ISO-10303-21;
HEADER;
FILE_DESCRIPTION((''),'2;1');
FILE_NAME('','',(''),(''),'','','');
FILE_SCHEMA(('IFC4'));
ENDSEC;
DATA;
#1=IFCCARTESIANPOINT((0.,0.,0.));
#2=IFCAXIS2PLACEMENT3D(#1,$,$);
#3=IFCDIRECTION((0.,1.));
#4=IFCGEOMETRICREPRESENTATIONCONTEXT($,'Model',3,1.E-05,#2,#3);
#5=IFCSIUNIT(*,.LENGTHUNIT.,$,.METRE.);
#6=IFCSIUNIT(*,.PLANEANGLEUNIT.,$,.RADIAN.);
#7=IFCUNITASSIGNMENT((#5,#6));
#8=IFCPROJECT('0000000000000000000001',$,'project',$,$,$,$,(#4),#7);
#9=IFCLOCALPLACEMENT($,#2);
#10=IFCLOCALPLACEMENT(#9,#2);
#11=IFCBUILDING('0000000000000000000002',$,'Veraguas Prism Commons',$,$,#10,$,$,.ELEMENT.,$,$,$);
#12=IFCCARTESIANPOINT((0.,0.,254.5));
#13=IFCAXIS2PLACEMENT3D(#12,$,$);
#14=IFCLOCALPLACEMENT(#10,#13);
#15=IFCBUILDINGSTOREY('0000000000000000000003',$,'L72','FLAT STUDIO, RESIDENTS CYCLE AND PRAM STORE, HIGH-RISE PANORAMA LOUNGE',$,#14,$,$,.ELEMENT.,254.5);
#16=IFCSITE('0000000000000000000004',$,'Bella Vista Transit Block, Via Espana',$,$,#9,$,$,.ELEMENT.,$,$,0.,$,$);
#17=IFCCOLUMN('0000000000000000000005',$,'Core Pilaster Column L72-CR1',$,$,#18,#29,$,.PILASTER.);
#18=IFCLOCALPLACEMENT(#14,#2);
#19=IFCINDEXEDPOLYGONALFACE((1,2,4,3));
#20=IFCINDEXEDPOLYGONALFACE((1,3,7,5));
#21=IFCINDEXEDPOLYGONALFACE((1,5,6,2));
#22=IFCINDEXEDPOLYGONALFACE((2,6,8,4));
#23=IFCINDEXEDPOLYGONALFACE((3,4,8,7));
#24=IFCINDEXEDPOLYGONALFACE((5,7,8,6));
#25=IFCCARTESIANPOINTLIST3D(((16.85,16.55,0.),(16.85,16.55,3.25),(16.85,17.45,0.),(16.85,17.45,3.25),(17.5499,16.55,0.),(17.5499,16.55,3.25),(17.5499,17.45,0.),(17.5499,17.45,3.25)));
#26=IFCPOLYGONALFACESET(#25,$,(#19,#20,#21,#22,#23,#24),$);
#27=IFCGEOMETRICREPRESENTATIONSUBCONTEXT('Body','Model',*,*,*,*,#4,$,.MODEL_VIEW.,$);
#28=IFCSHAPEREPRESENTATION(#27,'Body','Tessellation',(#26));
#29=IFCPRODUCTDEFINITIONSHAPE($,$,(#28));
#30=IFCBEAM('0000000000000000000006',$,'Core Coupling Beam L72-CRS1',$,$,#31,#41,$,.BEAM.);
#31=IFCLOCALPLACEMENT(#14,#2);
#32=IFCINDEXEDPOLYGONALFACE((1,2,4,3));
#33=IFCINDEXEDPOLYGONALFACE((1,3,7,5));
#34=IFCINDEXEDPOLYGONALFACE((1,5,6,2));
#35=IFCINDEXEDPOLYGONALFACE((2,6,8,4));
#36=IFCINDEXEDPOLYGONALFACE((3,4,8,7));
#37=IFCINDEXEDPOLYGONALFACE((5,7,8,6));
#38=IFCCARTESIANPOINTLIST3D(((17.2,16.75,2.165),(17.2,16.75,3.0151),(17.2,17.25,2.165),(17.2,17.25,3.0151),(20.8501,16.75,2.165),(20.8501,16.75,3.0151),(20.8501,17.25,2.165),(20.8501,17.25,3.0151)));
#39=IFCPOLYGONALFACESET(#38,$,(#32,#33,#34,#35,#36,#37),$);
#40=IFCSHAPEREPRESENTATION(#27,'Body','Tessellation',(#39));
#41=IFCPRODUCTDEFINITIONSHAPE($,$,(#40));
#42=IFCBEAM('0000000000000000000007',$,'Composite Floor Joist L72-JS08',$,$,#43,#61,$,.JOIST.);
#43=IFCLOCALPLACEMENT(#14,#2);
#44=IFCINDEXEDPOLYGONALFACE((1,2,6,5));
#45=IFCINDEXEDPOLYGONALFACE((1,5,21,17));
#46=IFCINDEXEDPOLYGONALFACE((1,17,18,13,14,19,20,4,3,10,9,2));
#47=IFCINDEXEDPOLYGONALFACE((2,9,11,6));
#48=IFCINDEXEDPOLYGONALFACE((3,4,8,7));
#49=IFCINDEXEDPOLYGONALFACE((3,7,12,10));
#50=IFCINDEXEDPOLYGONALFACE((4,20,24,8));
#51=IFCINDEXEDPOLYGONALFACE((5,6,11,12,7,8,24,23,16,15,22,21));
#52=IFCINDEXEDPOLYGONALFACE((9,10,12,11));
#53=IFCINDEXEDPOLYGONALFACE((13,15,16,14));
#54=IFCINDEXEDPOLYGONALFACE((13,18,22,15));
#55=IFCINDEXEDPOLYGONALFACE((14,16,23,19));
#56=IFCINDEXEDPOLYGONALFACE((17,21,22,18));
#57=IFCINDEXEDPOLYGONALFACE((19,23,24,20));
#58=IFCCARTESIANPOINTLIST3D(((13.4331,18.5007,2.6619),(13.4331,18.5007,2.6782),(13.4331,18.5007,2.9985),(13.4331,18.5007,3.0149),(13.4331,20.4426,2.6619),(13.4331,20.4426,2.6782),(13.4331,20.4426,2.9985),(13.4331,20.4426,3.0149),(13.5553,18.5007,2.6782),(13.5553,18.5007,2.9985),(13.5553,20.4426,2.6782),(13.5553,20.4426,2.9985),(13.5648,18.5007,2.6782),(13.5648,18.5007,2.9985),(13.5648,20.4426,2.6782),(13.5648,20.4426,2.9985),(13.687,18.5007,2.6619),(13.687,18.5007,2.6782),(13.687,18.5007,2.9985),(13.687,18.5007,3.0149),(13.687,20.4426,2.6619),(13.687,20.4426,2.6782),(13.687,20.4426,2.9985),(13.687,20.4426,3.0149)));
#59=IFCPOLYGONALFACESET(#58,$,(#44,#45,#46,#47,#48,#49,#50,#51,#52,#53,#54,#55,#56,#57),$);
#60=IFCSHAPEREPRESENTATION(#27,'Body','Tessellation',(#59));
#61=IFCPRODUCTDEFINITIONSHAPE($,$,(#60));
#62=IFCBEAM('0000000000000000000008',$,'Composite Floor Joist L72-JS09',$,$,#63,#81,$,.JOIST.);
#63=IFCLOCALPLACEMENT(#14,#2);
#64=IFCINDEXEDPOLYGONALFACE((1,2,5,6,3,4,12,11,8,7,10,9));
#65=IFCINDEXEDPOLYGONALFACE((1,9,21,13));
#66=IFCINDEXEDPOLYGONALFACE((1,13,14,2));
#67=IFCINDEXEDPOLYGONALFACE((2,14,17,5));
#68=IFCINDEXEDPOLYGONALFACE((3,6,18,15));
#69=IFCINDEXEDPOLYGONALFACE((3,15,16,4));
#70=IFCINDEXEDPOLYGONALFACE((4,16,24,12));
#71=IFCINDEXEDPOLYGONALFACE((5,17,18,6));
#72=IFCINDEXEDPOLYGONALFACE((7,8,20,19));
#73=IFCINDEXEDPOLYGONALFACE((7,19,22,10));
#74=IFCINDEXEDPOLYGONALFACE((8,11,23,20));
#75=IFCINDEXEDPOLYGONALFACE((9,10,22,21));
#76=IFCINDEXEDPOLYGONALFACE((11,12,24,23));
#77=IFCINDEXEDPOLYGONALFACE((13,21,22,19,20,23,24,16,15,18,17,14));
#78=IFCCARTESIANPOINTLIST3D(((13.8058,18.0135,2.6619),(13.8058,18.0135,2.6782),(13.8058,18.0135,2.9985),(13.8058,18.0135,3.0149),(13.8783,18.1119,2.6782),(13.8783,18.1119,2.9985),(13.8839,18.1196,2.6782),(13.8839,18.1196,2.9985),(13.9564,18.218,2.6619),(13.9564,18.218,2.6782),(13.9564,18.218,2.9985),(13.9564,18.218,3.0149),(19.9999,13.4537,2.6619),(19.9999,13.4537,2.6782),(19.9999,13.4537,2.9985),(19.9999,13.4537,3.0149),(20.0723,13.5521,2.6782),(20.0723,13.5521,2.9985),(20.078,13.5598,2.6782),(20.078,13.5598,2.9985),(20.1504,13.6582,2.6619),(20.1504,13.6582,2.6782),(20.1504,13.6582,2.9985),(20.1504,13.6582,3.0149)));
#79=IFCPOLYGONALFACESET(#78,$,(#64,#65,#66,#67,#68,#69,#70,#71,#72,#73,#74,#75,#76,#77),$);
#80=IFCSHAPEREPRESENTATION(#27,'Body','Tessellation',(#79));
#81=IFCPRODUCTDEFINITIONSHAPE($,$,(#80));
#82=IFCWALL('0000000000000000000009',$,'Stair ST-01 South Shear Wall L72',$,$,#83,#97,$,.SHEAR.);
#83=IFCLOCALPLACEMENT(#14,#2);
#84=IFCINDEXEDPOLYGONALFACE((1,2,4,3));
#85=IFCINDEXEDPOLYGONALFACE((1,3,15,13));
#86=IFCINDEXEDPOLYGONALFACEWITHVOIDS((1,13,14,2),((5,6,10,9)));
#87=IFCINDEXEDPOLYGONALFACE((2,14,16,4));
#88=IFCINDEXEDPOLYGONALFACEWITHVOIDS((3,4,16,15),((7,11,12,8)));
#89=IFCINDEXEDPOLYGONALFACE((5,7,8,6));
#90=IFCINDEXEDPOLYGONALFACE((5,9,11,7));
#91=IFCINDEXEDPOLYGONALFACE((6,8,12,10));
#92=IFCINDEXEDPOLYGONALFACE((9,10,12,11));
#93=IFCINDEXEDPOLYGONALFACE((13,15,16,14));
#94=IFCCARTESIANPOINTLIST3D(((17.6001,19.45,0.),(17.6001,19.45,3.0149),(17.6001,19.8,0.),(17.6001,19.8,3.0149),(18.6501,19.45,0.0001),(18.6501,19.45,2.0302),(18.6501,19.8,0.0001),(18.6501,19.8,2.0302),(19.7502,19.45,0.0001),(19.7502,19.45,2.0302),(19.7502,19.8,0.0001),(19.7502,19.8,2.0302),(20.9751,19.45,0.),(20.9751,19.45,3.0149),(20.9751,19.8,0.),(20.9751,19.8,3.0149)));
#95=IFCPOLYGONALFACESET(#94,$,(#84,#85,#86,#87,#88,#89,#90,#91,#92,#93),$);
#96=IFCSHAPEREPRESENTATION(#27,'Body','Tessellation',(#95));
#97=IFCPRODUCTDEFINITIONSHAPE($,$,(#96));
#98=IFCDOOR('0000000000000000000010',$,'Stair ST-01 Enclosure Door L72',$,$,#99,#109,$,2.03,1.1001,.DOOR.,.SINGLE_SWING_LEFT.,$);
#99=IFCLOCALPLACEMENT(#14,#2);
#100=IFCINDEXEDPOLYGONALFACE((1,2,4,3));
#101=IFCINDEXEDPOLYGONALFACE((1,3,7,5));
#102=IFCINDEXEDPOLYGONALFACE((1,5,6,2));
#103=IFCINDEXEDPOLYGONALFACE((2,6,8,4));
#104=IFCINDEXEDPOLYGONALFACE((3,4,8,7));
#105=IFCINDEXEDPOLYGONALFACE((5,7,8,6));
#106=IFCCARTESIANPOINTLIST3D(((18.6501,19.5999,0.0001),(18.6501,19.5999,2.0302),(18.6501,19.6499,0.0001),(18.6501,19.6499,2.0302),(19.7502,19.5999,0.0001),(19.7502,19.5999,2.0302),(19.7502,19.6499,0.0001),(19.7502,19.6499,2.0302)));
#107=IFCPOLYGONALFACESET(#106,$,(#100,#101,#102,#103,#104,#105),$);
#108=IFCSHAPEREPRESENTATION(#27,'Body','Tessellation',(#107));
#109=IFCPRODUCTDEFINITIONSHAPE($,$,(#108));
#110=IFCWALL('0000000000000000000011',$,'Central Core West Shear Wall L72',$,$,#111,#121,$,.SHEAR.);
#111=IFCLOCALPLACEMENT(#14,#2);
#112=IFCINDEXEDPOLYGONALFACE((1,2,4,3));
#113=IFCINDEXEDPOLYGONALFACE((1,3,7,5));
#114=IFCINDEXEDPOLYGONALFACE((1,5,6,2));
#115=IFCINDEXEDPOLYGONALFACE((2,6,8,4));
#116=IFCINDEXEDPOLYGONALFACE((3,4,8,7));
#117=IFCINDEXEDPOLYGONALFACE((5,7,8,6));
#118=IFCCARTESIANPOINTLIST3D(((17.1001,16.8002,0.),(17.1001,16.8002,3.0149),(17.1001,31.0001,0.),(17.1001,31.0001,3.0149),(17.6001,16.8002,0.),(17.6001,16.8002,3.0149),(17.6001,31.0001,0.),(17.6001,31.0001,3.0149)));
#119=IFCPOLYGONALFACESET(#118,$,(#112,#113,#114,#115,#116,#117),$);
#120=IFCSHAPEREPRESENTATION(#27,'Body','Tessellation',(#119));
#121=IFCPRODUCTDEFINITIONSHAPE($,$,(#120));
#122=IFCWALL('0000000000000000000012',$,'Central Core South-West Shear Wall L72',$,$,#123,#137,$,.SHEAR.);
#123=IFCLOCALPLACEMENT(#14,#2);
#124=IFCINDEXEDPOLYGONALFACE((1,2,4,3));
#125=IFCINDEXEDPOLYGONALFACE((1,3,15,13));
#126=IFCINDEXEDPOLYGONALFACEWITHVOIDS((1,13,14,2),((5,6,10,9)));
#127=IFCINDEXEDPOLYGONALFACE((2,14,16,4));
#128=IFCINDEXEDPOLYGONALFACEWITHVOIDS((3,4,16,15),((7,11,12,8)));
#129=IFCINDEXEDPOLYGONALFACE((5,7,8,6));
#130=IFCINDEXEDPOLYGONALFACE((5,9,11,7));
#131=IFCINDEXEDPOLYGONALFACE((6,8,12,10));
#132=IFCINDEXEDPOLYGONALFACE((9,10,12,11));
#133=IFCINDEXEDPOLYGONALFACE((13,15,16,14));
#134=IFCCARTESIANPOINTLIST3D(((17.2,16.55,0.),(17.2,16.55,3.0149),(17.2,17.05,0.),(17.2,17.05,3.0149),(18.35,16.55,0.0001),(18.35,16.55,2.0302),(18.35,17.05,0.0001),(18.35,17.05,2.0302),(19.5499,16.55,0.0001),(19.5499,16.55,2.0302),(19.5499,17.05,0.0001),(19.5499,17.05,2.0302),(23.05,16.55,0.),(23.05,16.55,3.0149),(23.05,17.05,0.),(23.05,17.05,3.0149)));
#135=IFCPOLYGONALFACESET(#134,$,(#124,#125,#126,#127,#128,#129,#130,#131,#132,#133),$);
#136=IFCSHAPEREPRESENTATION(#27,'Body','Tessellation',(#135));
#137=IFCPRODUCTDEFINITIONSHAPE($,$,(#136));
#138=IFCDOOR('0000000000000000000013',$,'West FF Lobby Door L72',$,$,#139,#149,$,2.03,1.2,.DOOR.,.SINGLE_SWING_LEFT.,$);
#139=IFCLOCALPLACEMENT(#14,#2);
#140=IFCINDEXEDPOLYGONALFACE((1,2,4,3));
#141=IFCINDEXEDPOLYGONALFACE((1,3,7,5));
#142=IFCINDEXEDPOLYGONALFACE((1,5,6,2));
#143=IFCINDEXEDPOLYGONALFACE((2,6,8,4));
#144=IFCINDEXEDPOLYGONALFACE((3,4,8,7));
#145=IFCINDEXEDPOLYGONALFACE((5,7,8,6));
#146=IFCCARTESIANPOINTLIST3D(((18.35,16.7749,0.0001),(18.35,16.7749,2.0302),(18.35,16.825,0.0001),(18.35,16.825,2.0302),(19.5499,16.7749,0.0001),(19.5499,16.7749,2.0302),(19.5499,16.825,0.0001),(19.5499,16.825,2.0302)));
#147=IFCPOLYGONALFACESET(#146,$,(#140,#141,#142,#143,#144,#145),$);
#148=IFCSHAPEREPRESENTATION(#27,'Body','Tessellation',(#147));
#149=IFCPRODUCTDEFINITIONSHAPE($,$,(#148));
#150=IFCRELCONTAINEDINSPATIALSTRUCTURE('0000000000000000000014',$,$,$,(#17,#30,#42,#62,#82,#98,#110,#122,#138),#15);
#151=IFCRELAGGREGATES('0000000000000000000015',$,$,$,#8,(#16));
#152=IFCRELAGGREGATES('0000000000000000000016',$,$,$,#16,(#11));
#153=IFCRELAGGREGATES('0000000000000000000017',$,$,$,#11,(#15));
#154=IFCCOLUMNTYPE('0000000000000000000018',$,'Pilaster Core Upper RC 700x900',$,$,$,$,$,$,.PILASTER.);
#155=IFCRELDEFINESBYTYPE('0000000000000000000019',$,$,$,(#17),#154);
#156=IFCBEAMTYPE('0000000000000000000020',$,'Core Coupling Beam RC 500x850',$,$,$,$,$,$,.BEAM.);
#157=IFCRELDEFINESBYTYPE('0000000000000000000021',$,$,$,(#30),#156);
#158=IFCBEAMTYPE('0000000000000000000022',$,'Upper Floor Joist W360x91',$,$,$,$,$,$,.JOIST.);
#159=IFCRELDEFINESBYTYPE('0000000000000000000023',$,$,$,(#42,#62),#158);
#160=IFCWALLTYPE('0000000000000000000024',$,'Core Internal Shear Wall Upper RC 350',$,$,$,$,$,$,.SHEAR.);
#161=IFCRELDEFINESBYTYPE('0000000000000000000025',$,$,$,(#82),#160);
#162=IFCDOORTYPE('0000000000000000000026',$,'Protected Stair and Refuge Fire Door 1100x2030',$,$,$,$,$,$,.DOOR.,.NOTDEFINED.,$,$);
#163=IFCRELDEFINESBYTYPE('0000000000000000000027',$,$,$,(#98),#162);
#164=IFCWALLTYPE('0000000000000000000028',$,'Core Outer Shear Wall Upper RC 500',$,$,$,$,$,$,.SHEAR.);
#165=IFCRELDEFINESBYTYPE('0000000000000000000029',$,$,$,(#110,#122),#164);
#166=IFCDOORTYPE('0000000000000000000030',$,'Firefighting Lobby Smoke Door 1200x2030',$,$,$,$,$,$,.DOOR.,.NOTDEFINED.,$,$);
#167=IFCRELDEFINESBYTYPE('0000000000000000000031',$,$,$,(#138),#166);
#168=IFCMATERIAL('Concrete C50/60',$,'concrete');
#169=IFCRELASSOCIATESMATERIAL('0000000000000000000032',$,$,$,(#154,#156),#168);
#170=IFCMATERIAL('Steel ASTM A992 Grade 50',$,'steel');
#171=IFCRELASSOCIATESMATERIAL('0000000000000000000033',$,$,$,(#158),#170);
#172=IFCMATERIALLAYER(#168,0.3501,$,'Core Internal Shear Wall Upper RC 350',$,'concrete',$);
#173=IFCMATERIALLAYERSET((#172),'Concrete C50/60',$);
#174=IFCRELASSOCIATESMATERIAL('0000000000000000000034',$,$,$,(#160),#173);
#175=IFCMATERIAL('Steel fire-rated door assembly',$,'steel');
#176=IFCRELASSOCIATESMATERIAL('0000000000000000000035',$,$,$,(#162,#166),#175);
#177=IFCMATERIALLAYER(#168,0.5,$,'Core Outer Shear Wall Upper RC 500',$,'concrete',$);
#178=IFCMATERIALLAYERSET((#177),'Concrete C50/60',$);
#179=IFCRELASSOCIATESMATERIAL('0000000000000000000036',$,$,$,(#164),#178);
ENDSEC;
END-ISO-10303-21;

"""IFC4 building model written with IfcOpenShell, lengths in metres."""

from ifc_helpers import new_model, si_unit, direction, frame, frame_2d, origin, origin_2d, place, context, subcontext, project, spatial, rectangle, i_section, extrude, source, transform, mapped, material, layer, layer_set, material_profile, profile_set, type_object, element, fill, save


model = new_model("IFC4")

# Units and contexts
model_context = context("Model", 3, precision=1e-05, world=origin(), true_north=direction((0.0, 1.0)))
body_context = subcontext(model_context, "Body", "Model", "MODEL_VIEW")
ifc_project = project(units=[si_unit("LENGTHUNIT", "METRE"), si_unit("PLANEANGLEUNIT", "RADIAN")], contexts=[model_context])

# Site, building, storey
site_placement = place(None, origin())
site = spatial("IfcSite", under=ifc_project, at=site_placement, Name="Bella Vista Transit Block, Via Espana", CompositionType="ELEMENT", RefElevation=0.0)
building_placement = place(site_placement, origin())
building = spatial("IfcBuilding", under=site, at=building_placement, Name="Veraguas Prism Commons", CompositionType="ELEMENT")
storey_placement = place(building_placement, frame((0.0, 0.0, 254.5)))
storey = spatial("IfcBuildingStorey", under=building, at=storey_placement, Name="L72", Description="FLAT STUDIO, RESIDENTS CYCLE AND PRAM STORE, HIGH-RISE PANORAMA LOUNGE", CompositionType="ELEMENT", Elevation=254.5)

# Column
ifc_material_1 = material(Name="Concrete C50/60", Category="concrete")
ifc_material_profile_1 = material_profile(ifc_material_1, rectangle(XDim=0.7, YDim=0.8999, at=origin_2d()), Name="RC700X900")
ifc_profile_set_1 = profile_set([ifc_material_profile_1], Name="Concrete C50/60")
column_type = type_object("IfcColumnType", Name="Pilaster Core Upper RC 700x900", PredefinedType="PILASTER", material=ifc_profile_set_1)
column_placement = place(storey_placement, frame((17.2, 17.0, 0.0), z_axis=(0.0, 0.0, 1.0), x_axis=(1.0, 0.0, 0.0)))
element("IfcColumn", 1, at=column_placement, inside=storey, type_object=column_type, Name="Core Pilaster Column L72-CR1", PredefinedType="PILASTER", context=body_context, shape_type="SweptSolid", body=[
    extrude(rectangle(XDim=0.7, YDim=0.8999, at=origin_2d()), origin(), (0.0, 0.0, 1.0), 3.25),
])

# Beams
ifc_material_profile_2 = material_profile(ifc_material_1, rectangle(XDim=0.5, YDim=0.8501, at=origin_2d()), Name="RC500X850")
ifc_profile_set_2 = profile_set([ifc_material_profile_2], Name="Concrete C50/60")
beam_type_1 = type_object("IfcBeamType", Name="Core Coupling Beam RC 500x850", PredefinedType="BEAM", material=ifc_profile_set_2)
beam_1_placement = place(storey_placement, frame((17.2, 17.0, 2.5901), z_axis=(1.0, 0.0, 0.0), x_axis=(0.0, 1.0, 0.0)))
element("IfcBeam", 2, at=beam_1_placement, inside=storey, type_object=beam_type_1, Name="Core Coupling Beam L72-CRS1", PredefinedType="BEAM", context=body_context, shape_type="SweptSolid", body=[
    extrude(rectangle(XDim=0.5, YDim=0.8501, at=origin_2d()), origin(), (0.0, 0.0, 1.0), 3.6501),
])
ifc_material_2 = material(Name="Steel ASTM A992 Grade 50", Category="steel")
ifc_material_profile_3 = material_profile(ifc_material_2, i_section(OverallWidth=0.2539, OverallDepth=0.353, WebThickness=0.0095, FlangeThickness=0.0164, at=origin_2d()), Name="W360X91")
ifc_profile_set_3 = profile_set([ifc_material_profile_3], Name="Steel ASTM A992 Grade 50")
beam_type_2 = type_object("IfcBeamType", Name="Upper Floor Joist W360x91", PredefinedType="JOIST", material=ifc_profile_set_3)
beam_2_placement = place(storey_placement, frame((13.5601, 20.4426, 2.8384), z_axis=(0.0, -1.0, 0.0), x_axis=(1.0, 0.0, 0.0)))
element("IfcBeam", 3, at=beam_2_placement, inside=storey, type_object=beam_type_2, Name="Composite Floor Joist L72-JS08", PredefinedType="JOIST", context=body_context, shape_type="SweptSolid", body=[
    extrude(i_section(OverallWidth=0.2539, OverallDepth=0.353, WebThickness=0.0095, FlangeThickness=0.0164, at=origin_2d()), origin(), (0.0, 0.0, 1.0), 1.9419),
])
beam_3_placement = place(storey_placement, frame((13.8811, 18.1157, 2.8384), z_axis=(0.80532, -0.592841, 0.0), x_axis=(0.592841, 0.80532, 0.0)))
element("IfcBeam", 4, at=beam_3_placement, inside=storey, type_object=beam_type_2, Name="Composite Floor Joist L72-JS09", PredefinedType="JOIST", context=body_context, shape_type="SweptSolid", body=[
    extrude(i_section(OverallWidth=0.2539, OverallDepth=0.353, WebThickness=0.0095, FlangeThickness=0.0164, at=origin_2d()), origin(), (0.0, 0.0, 1.0), 7.6914),
])

# Wall, opening, door
ifc_layer_1 = layer(ifc_material_1, 0.3501, Name="Core Internal Shear Wall Upper RC 350", Category="concrete")
ifc_layer_set_1 = layer_set([ifc_layer_1], Name="Concrete C50/60")
wall_type_1 = type_object("IfcWallType", Name="Core Internal Shear Wall Upper RC 350", PredefinedType="SHEAR", material=ifc_layer_set_1)
wall_1_placement = place(storey_placement, frame((17.6001, 19.625, 0.0), z_axis=(0.0, 0.0, 1.0), x_axis=(1.0, 0.0, 0.0)))
wall_1 = element("IfcWall", 5, at=wall_1_placement, inside=storey, type_object=wall_type_1, Name="Stair ST-01 South Shear Wall L72", PredefinedType="SHEAR", context=body_context, shape_type="SweptSolid", body=[
    extrude(rectangle(XDim=3.375, YDim=0.3501, at=frame_2d((1.6875, 0.0))), origin(), (0.0, 0.0, 1.0), 3.0149),
])
opening_1_placement = place(wall_1_placement, frame((1.05, 0.0, 0.0)))
opening_1 = element("IfcOpeningElement", 6, at=opening_1_placement, cuts=wall_1, PredefinedType="OPENING", context=body_context, shape_type="SweptSolid", body=[
    extrude(rectangle(XDim=1.1001, YDim=2.03, at=frame_2d((0.55, 1.0151))), frame((0.0, 0.1851, 0.0), z_axis=(0.0, -1.0, 0.0), x_axis=(1.0, 0.0, 0.0)), (0.0, 0.0, 1.0), 0.3701),
])
ifc_material_3 = material(Name="Steel fire-rated door assembly", Category="steel")
door_type_1 = type_object("IfcDoorType", Name="Protected Stair and Refuge Fire Door 1100x2030", OperationType="NOTDEFINED", PredefinedType="DOOR", material=ifc_material_3)
shared_shape_1 = source(origin(), body_context, "Body", "SweptSolid", [
    extrude(rectangle(XDim=1.1001, YDim=2.03, at=frame_2d((0.55, 1.0151))), frame((0.0, 0.0249, 0.0), z_axis=(0.0, -1.0, 0.0), x_axis=(1.0, 0.0, 0.0)), (0.0, 0.0, 1.0), 0.05),
])
door_1_placement = place(opening_1_placement, origin())
door_1 = element("IfcDoor", 7, at=door_1_placement, inside=storey, type_object=door_type_1, Name="Stair ST-01 Enclosure Door L72", OperationType="SINGLE_SWING_LEFT", OverallHeight=2.03, OverallWidth=1.1001, PredefinedType="DOOR", context=body_context, shape_type="MappedRepresentation", body=[
    mapped(shared_shape_1, transform((0.0, 0.0, 0.0), scale=1.0)),
])
fill(opening_1, door_1)

# Wall
ifc_layer_2 = layer(ifc_material_1, 0.5, Name="Core Outer Shear Wall Upper RC 500", Category="concrete")
ifc_layer_set_2 = layer_set([ifc_layer_2], Name="Concrete C50/60")
wall_type_2 = type_object("IfcWallType", Name="Core Outer Shear Wall Upper RC 500", PredefinedType="SHEAR", material=ifc_layer_set_2)
wall_2_placement = place(storey_placement, frame((17.3501, 16.8, 0.0), z_axis=(0.0, 0.0, 1.0), x_axis=(0.0, 1.0, 0.0)))
element("IfcWall", 8, at=wall_2_placement, inside=storey, type_object=wall_type_2, Name="Central Core West Shear Wall L72", PredefinedType="SHEAR", context=body_context, shape_type="SweptSolid", body=[
    extrude(rectangle(XDim=14.2, YDim=0.5, at=frame_2d((7.1001, 0.0))), origin(), (0.0, 0.0, 1.0), 3.0149),
])

# Wall, opening, door
wall_3_placement = place(storey_placement, frame((17.2, 16.8, 0.0), z_axis=(0.0, 0.0, 1.0), x_axis=(1.0, 0.0, 0.0)))
wall_3 = element("IfcWall", 9, at=wall_3_placement, inside=storey, type_object=wall_type_2, Name="Central Core South-West Shear Wall L72", PredefinedType="SHEAR", context=body_context, shape_type="SweptSolid", body=[
    extrude(rectangle(XDim=5.8501, YDim=0.5, at=frame_2d((2.925, 0.0))), origin(), (0.0, 0.0, 1.0), 3.0149),
])
opening_2_placement = place(wall_3_placement, frame((1.1499, 0.0, 0.0)))
opening_2 = element("IfcOpeningElement", 10, at=opening_2_placement, cuts=wall_3, PredefinedType="OPENING", context=body_context, shape_type="SweptSolid", body=[
    extrude(rectangle(XDim=1.2, YDim=2.03, at=frame_2d((0.6001, 1.0151))), frame((0.0, 0.26, 0.0), z_axis=(0.0, -1.0, 0.0), x_axis=(1.0, 0.0, 0.0)), (0.0, 0.0, 1.0), 0.52),
])
door_type_2 = type_object("IfcDoorType", Name="Firefighting Lobby Smoke Door 1200x2030", OperationType="NOTDEFINED", PredefinedType="DOOR", material=ifc_material_3)
shared_shape_2 = source(origin(), body_context, "Body", "SweptSolid", [
    extrude(rectangle(XDim=1.2, YDim=2.03, at=frame_2d((0.6001, 1.0151))), frame((0.0, 0.0249, 0.0), z_axis=(0.0, -1.0, 0.0), x_axis=(1.0, 0.0, 0.0)), (0.0, 0.0, 1.0), 0.05),
])
door_2_placement = place(opening_2_placement, origin())
door_2 = element("IfcDoor", 11, at=door_2_placement, inside=storey, type_object=door_type_2, Name="West FF Lobby Door L72", OperationType="SINGLE_SWING_LEFT", OverallHeight=2.03, OverallWidth=1.2, PredefinedType="DOOR", context=body_context, shape_type="MappedRepresentation", body=[
    mapped(shared_shape_2, transform((0.0, 0.0, 0.0), scale=1.0)),
])
fill(opening_2, door_2)

save(model, "model.ifc")
